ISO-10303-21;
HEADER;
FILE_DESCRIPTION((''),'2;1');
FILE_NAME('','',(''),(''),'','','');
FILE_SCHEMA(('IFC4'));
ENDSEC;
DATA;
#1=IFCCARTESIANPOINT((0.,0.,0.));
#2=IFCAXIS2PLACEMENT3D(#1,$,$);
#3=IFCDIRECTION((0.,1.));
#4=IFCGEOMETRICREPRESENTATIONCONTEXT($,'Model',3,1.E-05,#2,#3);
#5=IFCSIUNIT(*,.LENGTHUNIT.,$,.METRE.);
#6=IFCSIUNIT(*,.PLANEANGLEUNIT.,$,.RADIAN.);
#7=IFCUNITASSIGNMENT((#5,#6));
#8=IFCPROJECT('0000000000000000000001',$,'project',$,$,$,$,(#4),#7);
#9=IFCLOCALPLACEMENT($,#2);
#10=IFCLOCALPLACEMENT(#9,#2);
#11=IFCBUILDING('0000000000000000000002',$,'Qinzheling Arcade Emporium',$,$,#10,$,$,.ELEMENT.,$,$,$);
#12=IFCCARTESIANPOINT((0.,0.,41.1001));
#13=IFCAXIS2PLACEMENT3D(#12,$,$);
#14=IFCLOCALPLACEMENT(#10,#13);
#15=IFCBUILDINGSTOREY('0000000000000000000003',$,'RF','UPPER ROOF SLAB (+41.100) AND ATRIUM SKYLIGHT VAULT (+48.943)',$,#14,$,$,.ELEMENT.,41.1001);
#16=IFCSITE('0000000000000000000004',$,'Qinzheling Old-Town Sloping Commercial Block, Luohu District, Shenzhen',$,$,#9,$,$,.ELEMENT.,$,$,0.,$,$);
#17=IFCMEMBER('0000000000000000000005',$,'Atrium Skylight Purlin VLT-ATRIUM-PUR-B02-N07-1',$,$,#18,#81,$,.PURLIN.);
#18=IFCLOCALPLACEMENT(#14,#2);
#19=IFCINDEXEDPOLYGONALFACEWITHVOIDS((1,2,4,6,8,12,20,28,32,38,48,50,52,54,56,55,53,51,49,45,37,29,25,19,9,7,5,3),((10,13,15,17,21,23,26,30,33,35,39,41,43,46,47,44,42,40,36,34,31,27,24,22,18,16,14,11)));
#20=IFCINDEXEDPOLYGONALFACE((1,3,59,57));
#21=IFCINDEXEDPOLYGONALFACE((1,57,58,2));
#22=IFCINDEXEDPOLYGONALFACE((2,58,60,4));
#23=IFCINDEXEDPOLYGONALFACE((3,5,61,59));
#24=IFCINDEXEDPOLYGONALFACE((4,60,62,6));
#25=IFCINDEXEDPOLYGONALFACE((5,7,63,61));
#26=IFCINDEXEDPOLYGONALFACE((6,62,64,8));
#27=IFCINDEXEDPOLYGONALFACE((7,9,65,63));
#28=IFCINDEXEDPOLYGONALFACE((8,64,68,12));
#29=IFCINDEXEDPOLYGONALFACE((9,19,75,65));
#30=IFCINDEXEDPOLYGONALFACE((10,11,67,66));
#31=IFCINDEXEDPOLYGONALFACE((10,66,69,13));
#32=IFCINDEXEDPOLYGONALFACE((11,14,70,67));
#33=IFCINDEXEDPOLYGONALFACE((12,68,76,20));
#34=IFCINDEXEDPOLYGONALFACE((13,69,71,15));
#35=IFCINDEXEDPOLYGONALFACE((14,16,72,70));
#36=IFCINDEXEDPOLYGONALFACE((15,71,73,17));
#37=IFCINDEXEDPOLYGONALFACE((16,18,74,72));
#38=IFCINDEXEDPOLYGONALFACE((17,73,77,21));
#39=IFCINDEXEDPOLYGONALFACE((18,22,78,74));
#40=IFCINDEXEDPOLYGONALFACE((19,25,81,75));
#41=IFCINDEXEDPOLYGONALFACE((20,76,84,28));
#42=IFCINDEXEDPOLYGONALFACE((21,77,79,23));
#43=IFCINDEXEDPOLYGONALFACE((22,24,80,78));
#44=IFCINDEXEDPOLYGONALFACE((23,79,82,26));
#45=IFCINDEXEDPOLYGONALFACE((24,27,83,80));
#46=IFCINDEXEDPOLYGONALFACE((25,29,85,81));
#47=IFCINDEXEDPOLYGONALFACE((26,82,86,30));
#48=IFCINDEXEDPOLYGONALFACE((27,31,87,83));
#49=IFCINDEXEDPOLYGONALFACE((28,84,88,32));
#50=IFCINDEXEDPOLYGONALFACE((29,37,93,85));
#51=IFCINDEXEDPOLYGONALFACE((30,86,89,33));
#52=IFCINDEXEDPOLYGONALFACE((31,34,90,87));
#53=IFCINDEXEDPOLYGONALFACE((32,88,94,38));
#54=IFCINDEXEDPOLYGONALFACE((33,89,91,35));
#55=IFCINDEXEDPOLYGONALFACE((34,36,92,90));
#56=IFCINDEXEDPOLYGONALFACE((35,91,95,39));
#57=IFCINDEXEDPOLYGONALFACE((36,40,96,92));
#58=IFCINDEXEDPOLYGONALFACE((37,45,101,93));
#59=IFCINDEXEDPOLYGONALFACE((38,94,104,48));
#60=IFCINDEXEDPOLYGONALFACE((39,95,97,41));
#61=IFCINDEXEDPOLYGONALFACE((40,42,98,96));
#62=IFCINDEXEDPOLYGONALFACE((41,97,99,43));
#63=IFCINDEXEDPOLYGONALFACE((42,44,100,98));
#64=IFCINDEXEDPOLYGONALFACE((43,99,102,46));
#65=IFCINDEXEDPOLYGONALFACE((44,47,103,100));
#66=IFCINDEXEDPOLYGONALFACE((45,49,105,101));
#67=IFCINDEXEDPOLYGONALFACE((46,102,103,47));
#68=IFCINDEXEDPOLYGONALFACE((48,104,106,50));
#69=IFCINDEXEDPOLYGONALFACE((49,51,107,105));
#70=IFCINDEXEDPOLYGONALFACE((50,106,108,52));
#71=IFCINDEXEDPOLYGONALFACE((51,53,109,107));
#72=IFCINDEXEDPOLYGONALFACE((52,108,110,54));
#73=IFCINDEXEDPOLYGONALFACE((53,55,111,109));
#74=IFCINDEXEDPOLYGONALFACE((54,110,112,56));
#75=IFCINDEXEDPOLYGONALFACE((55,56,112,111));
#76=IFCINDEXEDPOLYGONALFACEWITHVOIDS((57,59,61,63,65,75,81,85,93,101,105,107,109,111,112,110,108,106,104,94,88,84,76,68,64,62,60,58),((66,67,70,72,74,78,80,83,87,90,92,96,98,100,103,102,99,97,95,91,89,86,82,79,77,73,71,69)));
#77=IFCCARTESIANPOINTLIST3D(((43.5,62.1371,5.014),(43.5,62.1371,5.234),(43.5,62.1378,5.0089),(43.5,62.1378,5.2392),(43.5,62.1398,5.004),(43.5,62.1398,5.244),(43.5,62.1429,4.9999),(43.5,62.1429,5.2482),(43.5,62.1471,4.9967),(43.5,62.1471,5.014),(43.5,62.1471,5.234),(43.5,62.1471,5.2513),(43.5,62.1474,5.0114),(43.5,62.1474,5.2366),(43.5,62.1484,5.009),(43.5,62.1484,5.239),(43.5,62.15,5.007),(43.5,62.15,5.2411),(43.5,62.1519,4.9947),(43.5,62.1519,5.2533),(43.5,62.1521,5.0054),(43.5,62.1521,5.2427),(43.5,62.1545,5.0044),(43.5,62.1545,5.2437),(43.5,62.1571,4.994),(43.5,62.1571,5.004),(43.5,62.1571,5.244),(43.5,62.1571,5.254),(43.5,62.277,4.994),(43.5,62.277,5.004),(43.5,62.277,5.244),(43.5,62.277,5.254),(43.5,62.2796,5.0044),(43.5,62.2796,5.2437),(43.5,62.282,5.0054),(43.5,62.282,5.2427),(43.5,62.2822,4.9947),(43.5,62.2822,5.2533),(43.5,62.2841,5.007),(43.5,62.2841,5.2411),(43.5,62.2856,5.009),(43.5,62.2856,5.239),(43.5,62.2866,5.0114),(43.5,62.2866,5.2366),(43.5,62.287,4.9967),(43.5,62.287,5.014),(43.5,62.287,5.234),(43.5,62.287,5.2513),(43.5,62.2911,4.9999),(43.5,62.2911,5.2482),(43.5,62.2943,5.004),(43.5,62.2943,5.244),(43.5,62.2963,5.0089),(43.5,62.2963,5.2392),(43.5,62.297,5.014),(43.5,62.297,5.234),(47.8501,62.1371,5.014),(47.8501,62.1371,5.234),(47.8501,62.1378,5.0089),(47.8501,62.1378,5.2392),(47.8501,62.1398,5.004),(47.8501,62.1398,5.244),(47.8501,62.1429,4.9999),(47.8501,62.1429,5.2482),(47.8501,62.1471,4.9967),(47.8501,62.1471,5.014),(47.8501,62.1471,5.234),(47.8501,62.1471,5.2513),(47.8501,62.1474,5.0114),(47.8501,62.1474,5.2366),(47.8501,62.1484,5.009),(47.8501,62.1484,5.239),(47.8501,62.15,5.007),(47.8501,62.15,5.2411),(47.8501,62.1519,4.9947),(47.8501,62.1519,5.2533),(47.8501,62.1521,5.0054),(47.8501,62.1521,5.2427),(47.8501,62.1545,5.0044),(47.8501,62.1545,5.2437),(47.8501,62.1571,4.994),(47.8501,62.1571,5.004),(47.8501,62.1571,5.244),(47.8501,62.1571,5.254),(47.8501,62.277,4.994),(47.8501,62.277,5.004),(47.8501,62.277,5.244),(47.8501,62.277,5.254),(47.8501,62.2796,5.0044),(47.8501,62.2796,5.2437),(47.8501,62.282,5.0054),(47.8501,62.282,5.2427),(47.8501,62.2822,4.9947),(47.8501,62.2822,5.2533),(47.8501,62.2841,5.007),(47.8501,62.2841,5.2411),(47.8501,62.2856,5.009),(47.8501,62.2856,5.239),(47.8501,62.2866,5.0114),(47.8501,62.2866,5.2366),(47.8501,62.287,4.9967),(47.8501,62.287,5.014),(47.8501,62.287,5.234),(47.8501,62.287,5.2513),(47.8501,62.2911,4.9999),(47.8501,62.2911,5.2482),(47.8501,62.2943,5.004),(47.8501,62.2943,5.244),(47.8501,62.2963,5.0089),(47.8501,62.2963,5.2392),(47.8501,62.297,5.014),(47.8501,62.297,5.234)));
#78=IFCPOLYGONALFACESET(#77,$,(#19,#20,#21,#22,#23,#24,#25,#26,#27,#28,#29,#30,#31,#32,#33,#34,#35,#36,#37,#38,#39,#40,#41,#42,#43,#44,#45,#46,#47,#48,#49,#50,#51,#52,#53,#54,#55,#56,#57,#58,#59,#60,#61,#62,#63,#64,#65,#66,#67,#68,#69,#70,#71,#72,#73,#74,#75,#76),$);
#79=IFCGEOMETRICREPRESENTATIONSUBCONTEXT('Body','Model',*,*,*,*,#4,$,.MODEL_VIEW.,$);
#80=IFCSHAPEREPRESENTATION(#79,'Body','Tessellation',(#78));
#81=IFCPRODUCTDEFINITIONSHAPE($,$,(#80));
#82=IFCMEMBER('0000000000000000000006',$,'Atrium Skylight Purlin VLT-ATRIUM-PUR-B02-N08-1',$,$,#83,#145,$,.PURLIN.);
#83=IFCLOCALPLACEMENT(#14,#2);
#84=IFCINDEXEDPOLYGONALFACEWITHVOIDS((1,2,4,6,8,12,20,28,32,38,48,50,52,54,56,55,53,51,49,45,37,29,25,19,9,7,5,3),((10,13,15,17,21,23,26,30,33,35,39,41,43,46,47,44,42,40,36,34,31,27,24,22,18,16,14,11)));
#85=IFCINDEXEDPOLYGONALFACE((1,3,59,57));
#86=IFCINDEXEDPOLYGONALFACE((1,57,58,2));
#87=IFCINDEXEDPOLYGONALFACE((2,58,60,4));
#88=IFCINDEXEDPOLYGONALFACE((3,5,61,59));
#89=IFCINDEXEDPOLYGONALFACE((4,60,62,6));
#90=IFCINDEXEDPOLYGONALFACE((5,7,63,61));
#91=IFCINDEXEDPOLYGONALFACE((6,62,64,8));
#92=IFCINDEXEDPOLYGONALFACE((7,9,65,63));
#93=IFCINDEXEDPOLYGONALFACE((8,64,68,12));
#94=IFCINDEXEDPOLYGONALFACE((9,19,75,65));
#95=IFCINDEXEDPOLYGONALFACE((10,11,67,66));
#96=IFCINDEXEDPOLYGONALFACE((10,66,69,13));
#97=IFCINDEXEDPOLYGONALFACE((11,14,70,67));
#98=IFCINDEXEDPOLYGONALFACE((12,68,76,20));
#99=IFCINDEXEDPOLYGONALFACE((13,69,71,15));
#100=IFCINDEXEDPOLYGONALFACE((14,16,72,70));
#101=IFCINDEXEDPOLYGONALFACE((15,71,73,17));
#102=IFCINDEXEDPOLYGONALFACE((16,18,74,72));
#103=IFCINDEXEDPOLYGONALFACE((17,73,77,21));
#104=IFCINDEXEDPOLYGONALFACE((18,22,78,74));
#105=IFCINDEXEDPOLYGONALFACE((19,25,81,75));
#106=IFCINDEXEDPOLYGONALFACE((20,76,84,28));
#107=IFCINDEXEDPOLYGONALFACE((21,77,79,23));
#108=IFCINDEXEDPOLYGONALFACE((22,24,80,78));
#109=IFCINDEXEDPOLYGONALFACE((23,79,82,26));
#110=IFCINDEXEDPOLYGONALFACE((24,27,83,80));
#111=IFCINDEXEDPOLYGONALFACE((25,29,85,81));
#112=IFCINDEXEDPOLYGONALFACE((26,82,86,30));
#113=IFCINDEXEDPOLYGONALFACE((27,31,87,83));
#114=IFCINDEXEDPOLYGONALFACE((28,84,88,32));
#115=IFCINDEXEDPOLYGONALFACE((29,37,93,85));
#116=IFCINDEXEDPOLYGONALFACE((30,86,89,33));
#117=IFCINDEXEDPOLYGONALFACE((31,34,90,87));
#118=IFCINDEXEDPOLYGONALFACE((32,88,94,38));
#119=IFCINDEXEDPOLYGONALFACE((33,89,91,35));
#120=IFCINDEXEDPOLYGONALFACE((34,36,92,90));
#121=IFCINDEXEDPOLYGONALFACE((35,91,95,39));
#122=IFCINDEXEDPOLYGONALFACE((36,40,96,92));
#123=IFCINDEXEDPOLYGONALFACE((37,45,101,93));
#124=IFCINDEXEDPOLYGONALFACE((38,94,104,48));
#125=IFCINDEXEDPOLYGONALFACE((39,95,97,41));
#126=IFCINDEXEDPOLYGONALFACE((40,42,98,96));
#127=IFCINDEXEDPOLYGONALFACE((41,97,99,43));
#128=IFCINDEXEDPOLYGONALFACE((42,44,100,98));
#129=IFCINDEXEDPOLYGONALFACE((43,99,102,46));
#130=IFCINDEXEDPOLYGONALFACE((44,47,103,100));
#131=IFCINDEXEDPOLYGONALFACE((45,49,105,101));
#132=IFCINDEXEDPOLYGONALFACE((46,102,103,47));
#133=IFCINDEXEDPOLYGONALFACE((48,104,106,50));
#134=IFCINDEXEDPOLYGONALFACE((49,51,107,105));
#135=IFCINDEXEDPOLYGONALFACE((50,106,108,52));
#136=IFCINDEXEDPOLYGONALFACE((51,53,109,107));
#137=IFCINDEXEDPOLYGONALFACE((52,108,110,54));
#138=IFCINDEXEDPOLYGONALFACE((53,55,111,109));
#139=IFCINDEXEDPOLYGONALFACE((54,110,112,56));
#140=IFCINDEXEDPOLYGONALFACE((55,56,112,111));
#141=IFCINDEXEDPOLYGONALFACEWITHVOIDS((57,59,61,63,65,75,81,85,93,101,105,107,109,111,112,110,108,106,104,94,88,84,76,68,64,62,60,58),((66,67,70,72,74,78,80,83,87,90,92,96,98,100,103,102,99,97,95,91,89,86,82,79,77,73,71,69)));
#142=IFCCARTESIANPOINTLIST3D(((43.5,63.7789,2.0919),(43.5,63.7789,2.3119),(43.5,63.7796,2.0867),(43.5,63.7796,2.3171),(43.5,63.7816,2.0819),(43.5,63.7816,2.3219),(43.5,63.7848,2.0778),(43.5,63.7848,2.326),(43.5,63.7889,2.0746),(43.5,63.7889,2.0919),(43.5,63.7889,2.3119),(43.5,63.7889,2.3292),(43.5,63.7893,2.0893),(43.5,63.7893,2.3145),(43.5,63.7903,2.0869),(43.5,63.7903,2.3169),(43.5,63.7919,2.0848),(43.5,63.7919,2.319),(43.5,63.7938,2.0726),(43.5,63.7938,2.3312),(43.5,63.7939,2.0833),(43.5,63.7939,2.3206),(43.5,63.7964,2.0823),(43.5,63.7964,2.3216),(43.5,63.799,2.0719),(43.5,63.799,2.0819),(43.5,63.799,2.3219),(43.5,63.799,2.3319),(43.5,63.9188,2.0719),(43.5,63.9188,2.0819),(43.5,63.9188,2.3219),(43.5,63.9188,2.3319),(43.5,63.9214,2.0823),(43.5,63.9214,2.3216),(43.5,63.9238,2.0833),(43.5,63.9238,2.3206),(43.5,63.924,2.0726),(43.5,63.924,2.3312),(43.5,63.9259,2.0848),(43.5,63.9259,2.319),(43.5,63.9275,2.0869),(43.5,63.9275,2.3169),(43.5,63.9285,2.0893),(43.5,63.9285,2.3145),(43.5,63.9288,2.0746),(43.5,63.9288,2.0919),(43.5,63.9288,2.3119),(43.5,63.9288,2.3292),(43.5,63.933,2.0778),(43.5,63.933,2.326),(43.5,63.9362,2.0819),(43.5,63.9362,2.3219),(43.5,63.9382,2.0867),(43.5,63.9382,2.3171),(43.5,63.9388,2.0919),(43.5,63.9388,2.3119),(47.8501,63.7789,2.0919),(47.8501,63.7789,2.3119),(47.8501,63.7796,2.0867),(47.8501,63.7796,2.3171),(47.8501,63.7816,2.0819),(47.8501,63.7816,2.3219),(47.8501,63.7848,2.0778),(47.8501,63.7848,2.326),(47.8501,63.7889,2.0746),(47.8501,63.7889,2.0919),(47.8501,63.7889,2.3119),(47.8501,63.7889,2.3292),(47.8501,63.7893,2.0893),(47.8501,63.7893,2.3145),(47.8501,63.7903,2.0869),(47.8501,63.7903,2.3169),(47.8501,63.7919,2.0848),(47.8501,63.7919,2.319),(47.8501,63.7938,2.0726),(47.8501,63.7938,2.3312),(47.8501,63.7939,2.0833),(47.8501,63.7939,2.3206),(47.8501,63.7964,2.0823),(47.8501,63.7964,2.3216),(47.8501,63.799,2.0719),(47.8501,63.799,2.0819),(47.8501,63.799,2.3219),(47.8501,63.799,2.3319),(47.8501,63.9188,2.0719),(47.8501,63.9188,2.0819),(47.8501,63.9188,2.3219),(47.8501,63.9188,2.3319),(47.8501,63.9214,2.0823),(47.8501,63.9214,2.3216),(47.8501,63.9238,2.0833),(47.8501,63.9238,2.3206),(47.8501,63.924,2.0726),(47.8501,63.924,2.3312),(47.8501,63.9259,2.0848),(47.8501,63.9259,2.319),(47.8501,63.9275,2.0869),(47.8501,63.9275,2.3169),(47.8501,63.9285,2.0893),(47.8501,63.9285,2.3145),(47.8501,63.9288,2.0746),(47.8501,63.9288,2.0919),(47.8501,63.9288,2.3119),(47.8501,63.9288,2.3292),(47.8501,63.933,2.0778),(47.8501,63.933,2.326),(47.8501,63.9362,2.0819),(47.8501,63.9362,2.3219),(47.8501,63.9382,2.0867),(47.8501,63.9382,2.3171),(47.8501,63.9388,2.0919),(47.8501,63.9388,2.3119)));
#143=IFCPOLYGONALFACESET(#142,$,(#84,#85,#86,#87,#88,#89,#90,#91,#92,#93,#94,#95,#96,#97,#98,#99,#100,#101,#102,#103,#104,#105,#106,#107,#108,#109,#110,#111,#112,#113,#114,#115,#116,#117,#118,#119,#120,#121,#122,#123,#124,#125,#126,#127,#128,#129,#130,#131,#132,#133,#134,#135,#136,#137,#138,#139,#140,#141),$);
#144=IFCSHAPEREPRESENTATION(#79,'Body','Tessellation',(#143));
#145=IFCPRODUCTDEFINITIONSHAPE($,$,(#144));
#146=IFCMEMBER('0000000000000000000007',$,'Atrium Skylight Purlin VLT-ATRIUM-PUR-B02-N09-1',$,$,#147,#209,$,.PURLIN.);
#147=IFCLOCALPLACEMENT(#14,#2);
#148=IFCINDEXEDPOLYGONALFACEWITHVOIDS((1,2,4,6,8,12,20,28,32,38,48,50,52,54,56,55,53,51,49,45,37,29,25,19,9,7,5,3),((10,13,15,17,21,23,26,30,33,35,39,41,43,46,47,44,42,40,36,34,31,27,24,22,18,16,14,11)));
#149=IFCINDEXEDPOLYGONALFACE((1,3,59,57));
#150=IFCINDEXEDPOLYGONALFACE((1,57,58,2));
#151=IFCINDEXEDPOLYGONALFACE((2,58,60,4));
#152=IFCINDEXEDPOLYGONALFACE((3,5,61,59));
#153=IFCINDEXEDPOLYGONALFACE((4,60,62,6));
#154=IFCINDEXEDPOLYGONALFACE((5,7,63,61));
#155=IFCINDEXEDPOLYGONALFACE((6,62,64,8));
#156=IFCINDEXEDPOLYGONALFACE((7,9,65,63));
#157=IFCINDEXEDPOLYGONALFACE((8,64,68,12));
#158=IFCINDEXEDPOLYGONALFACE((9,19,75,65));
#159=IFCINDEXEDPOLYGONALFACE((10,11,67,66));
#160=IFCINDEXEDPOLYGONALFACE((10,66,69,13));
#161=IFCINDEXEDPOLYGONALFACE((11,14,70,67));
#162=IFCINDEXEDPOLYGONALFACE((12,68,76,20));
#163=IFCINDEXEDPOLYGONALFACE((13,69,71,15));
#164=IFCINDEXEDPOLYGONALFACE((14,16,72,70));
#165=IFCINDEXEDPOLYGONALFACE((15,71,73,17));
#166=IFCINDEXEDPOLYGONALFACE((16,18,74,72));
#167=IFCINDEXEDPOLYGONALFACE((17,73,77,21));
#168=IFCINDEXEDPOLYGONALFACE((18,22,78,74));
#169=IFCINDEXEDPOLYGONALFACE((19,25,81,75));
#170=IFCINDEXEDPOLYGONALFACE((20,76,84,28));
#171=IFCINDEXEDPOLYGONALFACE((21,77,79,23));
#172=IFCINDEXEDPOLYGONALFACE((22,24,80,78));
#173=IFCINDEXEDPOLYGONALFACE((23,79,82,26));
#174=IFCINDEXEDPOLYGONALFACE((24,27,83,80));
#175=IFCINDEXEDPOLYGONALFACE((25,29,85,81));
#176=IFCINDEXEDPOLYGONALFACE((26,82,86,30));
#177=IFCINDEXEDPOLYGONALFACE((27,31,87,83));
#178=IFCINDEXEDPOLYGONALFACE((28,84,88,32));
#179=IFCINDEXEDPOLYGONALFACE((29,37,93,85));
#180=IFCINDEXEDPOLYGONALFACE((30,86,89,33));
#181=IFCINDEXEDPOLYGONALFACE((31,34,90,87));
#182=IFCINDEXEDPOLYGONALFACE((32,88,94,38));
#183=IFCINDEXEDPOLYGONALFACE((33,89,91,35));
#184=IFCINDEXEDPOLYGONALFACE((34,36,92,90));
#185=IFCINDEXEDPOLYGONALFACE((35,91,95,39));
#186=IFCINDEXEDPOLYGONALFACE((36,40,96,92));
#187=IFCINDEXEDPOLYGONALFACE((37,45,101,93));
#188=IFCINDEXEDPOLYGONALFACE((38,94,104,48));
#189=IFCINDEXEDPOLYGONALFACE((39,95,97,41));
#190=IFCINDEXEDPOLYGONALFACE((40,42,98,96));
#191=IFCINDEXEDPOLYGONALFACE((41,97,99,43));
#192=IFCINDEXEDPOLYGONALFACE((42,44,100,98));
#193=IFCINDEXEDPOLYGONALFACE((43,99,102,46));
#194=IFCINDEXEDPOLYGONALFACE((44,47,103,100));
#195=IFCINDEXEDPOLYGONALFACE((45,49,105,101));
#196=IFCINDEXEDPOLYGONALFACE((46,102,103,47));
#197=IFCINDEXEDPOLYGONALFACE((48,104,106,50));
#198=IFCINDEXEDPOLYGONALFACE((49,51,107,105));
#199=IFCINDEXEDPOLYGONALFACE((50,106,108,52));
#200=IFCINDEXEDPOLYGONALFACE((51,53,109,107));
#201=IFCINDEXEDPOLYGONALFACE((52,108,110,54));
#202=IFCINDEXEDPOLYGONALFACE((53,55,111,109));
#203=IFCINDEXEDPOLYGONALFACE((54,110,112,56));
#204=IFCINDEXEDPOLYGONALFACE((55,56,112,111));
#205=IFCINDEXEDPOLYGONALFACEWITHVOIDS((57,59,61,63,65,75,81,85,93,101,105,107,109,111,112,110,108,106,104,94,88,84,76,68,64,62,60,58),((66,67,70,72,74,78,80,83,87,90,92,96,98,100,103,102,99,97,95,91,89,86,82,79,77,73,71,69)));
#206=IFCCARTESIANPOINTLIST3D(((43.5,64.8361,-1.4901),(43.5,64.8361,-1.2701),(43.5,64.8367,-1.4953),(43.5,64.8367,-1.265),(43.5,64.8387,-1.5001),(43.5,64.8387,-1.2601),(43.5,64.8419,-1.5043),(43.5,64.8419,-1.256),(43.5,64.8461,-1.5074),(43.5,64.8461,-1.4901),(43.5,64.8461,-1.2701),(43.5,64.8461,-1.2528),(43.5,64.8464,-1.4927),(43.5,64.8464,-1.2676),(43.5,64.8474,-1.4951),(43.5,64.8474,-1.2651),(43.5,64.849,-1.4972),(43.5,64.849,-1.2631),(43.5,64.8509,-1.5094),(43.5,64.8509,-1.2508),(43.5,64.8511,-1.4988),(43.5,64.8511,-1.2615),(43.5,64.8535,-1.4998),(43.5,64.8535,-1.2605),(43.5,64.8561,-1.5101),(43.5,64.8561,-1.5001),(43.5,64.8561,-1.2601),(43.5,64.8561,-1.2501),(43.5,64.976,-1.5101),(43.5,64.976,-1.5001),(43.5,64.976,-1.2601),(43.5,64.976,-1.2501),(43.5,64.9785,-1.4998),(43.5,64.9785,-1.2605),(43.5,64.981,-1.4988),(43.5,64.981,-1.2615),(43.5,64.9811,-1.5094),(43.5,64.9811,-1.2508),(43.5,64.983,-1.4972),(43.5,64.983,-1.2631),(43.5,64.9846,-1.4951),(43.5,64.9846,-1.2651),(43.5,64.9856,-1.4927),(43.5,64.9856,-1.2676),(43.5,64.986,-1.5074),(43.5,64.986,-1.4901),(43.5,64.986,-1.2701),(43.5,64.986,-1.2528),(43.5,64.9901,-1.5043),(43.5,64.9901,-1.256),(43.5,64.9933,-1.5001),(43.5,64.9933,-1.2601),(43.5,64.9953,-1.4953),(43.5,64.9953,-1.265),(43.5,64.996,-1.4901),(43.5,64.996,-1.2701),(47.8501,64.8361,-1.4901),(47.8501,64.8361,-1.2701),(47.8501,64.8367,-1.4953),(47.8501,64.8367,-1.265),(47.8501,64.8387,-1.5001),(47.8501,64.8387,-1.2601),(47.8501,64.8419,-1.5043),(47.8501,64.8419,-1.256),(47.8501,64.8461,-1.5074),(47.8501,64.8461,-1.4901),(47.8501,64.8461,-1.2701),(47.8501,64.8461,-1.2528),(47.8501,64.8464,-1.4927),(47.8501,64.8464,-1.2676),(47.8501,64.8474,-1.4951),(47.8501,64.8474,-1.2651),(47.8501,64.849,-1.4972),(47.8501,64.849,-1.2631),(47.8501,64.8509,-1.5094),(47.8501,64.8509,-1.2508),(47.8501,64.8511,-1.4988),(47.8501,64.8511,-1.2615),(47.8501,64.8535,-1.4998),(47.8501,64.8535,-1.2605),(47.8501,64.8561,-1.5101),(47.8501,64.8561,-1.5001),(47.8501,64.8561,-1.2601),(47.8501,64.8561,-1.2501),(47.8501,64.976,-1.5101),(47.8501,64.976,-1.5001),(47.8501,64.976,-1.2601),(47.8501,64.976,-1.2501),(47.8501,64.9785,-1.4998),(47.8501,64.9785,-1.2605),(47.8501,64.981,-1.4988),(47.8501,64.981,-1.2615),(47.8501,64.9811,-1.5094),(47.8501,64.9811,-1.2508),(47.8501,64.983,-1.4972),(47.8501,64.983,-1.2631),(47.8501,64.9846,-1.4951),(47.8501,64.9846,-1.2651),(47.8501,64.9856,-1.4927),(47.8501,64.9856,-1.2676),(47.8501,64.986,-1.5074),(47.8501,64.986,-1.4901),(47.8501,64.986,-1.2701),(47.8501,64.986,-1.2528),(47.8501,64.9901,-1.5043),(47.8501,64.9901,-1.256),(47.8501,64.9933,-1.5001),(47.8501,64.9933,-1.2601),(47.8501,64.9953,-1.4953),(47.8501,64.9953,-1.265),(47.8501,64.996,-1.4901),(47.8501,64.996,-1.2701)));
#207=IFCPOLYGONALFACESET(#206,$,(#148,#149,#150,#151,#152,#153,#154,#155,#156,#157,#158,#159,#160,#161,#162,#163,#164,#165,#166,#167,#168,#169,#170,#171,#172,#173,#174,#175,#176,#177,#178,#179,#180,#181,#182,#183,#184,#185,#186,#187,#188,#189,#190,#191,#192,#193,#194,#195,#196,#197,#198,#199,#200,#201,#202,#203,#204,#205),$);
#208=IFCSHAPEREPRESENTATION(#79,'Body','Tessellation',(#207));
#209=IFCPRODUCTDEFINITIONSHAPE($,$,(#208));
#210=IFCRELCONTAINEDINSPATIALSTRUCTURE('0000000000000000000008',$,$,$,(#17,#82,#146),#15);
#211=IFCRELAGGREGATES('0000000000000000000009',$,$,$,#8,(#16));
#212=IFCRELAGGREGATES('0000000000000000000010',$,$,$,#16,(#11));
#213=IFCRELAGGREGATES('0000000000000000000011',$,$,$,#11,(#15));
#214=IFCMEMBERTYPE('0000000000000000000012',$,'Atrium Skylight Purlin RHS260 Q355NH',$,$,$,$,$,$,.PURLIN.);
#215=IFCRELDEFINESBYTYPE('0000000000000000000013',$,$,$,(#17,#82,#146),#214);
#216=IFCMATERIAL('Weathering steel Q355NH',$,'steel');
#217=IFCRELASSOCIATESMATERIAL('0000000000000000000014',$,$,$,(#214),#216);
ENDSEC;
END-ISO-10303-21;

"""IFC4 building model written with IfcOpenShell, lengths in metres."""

from ifc_helpers import new_model, si_unit, direction, frame, origin, origin_2d, place, context, subcontext, project, spatial, hollow_rectangle, extrude, material, material_profile, profile_set, type_object, element, save


model = new_model("IFC4")

# Units and contexts
model_context = context("Model", 3, precision=1e-05, world=origin(), true_north=direction((0.0, 1.0)))
body_context = subcontext(model_context, "Body", "Model", "MODEL_VIEW")
ifc_project = project(units=[si_unit("LENGTHUNIT", "METRE"), si_unit("PLANEANGLEUNIT", "RADIAN")], contexts=[model_context])

# Site, building, storey
site_placement = place(None, origin())
site = spatial("IfcSite", under=ifc_project, at=site_placement, Name="Qinzheling Old-Town Sloping Commercial Block, Luohu District, Shenzhen", CompositionType="ELEMENT", RefElevation=0.0)
building_placement = place(site_placement, origin())
building = spatial("IfcBuilding", under=site, at=building_placement, Name="Qinzheling Arcade Emporium", CompositionType="ELEMENT")
storey_placement = place(building_placement, frame((0.0, 0.0, 41.1001)))
storey = spatial("IfcBuildingStorey", under=building, at=storey_placement, Name="RF", Description="UPPER ROOF SLAB (+41.100) AND ATRIUM SKYLIGHT VAULT (+48.943)", CompositionType="ELEMENT", Elevation=41.1001)

# Shared definitions
ifc_material_1 = material(Name="Weathering steel Q355NH", Category="steel")

# Members
ifc_material_profile_1 = material_profile(ifc_material_1, hollow_rectangle(XDim=0.1599, YDim=0.26, WallThickness=0.01, InnerFilletRadius=0.01, OuterFilletRadius=0.02, at=origin_2d()), Name="RHS 260x160x10", Category="steel")
ifc_profile_set_1 = profile_set([ifc_material_profile_1], Name="Weathering steel Q355NH")
member_type = type_object("IfcMemberType", Name="Atrium Skylight Purlin RHS260 Q355NH", PredefinedType="PURLIN", material=ifc_profile_set_1)
for number, where, z_axis, x_axis, name in (
    (1, (43.5, 62.217, 5.124), (1.0, 0.0, 0.0), (0.0, 1.0, 0.0), "Atrium Skylight Purlin VLT-ATRIUM-PUR-B02-N07-1"),
    (2, (43.5, 63.8589, 2.2019), (1.0, 0.0, 0.0), (0.0, 1.0, 0.0), "Atrium Skylight Purlin VLT-ATRIUM-PUR-B02-N08-1"),
    (3, (43.5, 64.916, -1.3801), (1.0, 0.0, 0.0), (0.0, 1.0, 0.0), "Atrium Skylight Purlin VLT-ATRIUM-PUR-B02-N09-1"),
):
    element("IfcMember", number, at=place(storey_placement, frame(where, z_axis=z_axis, x_axis=x_axis)), inside=storey, type_object=member_type, Name=name, PredefinedType="PURLIN", context=body_context, shape_type="SweptSolid", body=[
        extrude(hollow_rectangle(XDim=0.1599, YDim=0.26, WallThickness=0.01, InnerFilletRadius=0.01, OuterFilletRadius=0.02, at=origin_2d()), origin(), (0.0, 0.0, 1.0), 4.3501),
    ])

save(model, "model.ifc")
